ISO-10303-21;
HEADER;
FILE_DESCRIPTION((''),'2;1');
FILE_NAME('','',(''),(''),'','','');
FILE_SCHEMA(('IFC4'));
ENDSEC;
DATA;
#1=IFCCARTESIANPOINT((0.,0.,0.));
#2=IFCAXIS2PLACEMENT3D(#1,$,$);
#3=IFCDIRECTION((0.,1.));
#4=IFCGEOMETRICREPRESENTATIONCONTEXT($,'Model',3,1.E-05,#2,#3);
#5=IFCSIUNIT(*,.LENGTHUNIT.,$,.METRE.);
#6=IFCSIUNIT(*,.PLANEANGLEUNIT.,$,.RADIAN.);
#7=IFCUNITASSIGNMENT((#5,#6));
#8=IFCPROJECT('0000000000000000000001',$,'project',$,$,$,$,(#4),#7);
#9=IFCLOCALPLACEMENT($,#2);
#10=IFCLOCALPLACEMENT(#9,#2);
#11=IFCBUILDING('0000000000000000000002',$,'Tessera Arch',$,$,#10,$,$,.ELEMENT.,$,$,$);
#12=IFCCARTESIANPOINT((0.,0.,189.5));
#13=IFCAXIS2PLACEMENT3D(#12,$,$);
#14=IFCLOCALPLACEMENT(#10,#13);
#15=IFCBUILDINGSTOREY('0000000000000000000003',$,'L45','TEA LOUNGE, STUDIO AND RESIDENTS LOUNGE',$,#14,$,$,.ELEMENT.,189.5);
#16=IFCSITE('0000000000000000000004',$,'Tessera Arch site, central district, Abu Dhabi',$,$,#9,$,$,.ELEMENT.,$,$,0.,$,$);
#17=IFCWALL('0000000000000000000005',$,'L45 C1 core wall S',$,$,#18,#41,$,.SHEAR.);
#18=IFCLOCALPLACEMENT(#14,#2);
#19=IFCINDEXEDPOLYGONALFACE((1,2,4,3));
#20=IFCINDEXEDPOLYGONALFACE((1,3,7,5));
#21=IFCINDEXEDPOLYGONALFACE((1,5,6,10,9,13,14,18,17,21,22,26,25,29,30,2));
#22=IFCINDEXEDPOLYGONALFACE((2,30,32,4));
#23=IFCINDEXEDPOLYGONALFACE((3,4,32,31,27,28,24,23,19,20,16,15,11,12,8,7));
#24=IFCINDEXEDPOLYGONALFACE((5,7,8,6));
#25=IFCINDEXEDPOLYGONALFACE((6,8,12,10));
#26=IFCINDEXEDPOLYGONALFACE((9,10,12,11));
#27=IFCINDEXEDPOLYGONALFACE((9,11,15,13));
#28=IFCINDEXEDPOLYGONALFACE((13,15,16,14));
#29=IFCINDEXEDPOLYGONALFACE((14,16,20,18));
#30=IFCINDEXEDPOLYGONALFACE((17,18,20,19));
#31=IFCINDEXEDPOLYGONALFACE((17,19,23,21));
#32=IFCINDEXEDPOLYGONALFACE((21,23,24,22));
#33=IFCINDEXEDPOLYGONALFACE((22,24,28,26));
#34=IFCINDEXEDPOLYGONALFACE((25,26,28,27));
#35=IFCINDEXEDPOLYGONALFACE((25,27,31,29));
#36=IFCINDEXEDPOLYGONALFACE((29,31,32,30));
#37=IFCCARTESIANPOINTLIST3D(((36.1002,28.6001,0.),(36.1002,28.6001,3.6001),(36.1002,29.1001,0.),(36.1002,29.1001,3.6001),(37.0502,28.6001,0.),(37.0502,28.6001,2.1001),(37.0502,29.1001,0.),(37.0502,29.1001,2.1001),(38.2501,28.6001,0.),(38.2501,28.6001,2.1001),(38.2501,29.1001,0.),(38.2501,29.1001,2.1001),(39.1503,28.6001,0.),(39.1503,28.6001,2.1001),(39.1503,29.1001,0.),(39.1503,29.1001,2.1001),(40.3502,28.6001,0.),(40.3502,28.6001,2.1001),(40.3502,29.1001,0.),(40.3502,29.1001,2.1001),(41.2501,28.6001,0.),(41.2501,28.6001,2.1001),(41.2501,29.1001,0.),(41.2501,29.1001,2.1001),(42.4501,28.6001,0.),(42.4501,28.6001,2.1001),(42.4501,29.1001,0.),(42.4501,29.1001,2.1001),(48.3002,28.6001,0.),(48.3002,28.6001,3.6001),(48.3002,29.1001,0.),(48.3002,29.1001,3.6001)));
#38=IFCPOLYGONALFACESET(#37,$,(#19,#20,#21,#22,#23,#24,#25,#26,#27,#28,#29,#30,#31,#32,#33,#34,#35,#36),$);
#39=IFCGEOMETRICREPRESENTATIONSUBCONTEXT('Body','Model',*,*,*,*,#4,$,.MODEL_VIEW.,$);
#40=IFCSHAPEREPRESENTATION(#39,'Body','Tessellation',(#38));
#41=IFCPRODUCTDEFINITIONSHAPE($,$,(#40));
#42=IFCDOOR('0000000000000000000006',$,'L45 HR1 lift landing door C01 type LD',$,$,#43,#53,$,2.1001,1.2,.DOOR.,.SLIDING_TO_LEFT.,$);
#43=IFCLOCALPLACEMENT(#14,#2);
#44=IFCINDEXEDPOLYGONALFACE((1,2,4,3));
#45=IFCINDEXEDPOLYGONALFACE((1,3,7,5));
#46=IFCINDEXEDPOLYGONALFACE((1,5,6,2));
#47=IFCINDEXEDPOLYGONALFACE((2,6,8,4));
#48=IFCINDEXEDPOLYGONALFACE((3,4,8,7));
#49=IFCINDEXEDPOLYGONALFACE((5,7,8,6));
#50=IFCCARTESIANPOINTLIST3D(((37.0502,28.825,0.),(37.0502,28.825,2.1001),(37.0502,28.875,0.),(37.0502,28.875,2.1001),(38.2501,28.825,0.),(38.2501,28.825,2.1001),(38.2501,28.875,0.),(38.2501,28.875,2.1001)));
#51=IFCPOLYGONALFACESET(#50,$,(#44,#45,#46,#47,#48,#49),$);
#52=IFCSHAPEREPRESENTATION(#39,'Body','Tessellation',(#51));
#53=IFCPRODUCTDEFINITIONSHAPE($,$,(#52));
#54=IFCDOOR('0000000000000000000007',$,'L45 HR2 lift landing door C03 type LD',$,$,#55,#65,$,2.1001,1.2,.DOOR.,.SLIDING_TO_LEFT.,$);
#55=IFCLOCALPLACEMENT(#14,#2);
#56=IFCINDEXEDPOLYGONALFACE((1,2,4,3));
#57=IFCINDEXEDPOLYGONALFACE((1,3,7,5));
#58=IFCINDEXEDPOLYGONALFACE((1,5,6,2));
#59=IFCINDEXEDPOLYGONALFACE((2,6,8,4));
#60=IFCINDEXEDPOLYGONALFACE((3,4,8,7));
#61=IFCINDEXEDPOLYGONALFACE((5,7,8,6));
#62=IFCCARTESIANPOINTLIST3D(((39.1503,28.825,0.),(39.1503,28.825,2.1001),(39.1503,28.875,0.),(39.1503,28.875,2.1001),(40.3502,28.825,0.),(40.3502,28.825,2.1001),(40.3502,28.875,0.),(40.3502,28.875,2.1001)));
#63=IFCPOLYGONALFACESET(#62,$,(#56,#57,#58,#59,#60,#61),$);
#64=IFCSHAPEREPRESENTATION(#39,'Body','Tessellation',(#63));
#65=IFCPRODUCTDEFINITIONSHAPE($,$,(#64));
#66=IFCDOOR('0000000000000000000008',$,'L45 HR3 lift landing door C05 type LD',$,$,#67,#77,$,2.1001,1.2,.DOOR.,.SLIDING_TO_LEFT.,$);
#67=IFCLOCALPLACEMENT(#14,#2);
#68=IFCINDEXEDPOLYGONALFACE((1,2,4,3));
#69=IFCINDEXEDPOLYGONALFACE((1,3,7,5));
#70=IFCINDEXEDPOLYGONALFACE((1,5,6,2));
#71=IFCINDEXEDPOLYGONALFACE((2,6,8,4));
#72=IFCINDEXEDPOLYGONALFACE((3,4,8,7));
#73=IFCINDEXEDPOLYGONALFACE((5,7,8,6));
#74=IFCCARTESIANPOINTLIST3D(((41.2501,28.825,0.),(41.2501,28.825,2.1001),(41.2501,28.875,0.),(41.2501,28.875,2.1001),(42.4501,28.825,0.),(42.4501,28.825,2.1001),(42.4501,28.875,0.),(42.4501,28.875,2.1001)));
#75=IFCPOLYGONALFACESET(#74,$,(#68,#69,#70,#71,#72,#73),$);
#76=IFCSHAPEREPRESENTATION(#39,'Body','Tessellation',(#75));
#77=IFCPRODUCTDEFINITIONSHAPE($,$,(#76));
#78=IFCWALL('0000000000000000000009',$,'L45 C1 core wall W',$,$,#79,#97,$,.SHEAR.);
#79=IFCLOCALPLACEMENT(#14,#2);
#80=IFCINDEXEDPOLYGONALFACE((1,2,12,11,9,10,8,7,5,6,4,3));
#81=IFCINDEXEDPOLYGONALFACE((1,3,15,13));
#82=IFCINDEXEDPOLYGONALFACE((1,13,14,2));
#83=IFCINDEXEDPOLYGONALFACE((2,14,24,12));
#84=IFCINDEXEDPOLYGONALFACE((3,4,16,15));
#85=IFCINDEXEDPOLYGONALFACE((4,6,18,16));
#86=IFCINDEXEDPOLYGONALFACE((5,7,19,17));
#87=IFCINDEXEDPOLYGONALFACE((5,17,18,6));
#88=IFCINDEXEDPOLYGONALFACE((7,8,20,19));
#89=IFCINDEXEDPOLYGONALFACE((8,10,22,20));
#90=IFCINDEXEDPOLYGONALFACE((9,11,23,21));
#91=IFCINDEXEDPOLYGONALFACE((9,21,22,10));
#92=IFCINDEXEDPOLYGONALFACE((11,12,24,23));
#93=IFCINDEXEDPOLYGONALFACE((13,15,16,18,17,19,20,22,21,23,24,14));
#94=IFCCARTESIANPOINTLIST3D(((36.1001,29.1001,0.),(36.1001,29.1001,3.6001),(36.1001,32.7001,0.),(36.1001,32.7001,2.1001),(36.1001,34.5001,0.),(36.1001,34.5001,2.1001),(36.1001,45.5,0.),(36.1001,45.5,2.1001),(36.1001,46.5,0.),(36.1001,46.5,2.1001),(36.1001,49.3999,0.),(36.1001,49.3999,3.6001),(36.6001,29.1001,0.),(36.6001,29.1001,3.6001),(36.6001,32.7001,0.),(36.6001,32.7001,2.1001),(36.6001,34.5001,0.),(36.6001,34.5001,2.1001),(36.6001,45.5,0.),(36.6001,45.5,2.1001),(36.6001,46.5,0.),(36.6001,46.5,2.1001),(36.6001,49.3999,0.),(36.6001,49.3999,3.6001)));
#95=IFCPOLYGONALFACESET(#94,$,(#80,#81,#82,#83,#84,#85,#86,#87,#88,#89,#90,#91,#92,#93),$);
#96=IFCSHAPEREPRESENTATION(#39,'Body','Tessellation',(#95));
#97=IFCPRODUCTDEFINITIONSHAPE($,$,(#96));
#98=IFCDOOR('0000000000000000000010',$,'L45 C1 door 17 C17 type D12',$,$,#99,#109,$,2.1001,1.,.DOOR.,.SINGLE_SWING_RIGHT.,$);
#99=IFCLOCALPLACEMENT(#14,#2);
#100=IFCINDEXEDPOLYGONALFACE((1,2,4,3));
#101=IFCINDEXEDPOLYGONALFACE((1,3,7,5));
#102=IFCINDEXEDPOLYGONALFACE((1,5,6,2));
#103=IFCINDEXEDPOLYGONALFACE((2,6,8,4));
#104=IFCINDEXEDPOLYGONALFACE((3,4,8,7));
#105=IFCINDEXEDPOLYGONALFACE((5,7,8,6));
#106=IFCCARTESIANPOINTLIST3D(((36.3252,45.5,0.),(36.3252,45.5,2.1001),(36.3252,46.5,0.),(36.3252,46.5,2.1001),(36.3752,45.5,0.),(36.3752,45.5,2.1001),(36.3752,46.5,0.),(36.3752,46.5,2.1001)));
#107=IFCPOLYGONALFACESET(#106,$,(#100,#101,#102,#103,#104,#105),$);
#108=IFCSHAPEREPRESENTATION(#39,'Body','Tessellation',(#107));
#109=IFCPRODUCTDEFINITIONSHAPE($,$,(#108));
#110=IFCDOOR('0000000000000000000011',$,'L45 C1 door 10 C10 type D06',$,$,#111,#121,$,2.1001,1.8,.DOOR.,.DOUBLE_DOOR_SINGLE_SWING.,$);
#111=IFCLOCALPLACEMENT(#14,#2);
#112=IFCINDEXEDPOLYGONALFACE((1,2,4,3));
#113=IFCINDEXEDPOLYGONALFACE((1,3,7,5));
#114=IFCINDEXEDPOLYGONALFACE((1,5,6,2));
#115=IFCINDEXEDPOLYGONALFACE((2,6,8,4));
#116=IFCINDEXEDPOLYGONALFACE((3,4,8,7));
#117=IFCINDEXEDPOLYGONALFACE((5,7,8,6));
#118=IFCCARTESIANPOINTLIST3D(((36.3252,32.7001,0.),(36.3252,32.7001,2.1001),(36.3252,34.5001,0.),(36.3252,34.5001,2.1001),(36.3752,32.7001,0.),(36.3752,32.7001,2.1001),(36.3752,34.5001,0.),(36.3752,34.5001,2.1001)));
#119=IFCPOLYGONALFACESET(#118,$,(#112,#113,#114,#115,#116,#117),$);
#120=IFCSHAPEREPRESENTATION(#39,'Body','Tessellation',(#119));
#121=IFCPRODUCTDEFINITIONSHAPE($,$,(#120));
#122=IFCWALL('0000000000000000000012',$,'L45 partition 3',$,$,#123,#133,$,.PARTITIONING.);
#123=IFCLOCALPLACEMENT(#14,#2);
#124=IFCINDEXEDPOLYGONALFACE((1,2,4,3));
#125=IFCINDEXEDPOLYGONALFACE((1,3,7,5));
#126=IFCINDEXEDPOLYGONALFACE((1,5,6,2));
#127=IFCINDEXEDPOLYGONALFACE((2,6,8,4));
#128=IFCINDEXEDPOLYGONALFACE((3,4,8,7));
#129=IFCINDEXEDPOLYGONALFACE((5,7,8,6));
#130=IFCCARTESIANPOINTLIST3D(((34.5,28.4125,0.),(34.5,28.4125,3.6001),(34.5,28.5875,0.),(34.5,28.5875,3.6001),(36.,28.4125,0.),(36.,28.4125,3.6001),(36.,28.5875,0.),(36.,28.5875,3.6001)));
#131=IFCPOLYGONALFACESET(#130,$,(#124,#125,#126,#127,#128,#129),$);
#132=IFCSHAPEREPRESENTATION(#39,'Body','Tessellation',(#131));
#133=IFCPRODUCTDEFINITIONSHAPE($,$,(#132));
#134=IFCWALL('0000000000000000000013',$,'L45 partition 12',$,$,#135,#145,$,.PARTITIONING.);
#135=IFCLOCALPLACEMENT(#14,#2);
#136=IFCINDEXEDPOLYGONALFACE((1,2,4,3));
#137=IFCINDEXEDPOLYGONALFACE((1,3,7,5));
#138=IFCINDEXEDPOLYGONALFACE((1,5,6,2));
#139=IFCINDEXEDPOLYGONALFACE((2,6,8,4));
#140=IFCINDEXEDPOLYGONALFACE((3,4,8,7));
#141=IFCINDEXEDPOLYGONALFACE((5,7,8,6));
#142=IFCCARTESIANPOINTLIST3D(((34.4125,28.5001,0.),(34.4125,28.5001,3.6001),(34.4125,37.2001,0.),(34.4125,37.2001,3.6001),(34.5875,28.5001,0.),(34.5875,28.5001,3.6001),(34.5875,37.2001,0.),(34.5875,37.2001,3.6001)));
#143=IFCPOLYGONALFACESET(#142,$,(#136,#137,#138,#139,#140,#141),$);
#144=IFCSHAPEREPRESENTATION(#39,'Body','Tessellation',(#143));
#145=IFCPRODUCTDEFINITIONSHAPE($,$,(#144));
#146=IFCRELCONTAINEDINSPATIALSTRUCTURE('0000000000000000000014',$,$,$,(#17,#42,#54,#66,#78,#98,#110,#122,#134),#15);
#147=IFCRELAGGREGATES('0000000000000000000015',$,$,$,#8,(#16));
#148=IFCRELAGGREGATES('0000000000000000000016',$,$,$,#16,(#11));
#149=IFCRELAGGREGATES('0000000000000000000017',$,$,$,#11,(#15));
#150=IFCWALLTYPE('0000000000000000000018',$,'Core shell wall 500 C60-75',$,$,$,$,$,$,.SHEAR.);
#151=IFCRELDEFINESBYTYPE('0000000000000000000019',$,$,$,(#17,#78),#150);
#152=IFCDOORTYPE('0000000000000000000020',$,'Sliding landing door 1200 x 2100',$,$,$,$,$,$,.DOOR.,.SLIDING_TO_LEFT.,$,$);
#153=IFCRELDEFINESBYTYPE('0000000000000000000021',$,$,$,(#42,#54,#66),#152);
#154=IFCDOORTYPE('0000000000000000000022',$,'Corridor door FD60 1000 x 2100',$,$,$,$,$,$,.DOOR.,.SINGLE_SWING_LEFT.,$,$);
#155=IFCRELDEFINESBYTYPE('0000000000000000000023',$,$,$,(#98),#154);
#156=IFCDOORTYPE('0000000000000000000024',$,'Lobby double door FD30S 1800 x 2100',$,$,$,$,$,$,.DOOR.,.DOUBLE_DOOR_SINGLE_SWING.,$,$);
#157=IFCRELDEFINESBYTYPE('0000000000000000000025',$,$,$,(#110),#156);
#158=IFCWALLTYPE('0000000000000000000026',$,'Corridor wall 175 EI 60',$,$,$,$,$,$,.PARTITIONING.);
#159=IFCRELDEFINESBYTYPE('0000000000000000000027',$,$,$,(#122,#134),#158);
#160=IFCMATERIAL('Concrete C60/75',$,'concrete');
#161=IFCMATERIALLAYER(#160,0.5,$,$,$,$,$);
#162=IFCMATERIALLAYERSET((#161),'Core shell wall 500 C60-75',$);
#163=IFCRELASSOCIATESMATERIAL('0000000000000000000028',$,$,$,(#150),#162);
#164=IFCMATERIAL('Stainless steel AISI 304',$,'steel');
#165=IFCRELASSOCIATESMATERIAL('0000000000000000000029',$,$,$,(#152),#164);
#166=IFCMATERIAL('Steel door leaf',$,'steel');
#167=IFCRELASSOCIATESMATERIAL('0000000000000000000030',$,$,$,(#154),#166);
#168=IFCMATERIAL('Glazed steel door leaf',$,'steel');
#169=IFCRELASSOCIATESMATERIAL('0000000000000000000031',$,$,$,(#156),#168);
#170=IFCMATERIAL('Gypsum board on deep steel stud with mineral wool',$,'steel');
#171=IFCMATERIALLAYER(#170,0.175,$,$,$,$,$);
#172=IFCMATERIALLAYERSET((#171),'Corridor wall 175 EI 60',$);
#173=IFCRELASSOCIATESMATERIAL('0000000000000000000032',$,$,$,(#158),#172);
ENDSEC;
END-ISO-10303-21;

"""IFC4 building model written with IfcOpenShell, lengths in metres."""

from ifc_helpers import new_model, si_unit, direction, frame, frame_2d, origin, place, context, subcontext, project, spatial, rectangle, extrude, material, layer, layer_set, type_object, element, fill, save


model = new_model("IFC4")

# Units and contexts
model_context = context("Model", 3, precision=1e-05, world=origin(), true_north=direction((0.0, 1.0)))
body_context = subcontext(model_context, "Body", "Model", "MODEL_VIEW")
ifc_project = project(units=[si_unit("LENGTHUNIT", "METRE"), si_unit("PLANEANGLEUNIT", "RADIAN")], contexts=[model_context])

# Site, building, storey
site_placement = place(None, origin())
site = spatial("IfcSite", under=ifc_project, at=site_placement, Name="Tessera Arch site, central district, Abu Dhabi", CompositionType="ELEMENT", RefElevation=0.0)
building_placement = place(site_placement, origin())
building = spatial("IfcBuilding", under=site, at=building_placement, Name="Tessera Arch", CompositionType="ELEMENT")
storey_placement = place(building_placement, frame((0.0, 0.0, 189.5)))
storey = spatial("IfcBuildingStorey", under=building, at=storey_placement, Name="L45", Description="TEA LOUNGE, STUDIO AND RESIDENTS LOUNGE", CompositionType="ELEMENT", Elevation=189.5)

# Walls, openings, doors
ifc_material_1 = material(Name="Concrete C60/75", Category="concrete")
ifc_layer_1 = layer(ifc_material_1, 0.5)
ifc_layer_set_1 = layer_set([ifc_layer_1], Name="Core shell wall 500 C60-75")
wall_type_1 = type_object("IfcWallType", Name="Core shell wall 500 C60-75", PredefinedType="SHEAR", material=ifc_layer_set_1)
wall_1_placement = place(storey_placement, frame((36.1001, 28.8501, 0.0), z_axis=(0.0, 0.0, 1.0), x_axis=(1.0, 0.0, 0.0)))
wall_1 = element("IfcWall", 1, at=wall_1_placement, inside=storey, type_object=wall_type_1, Name="L45 C1 core wall S", PredefinedType="SHEAR", context=body_context, shape_type="SweptSolid", body=[
    extrude(rectangle(XDim=12.2, YDim=0.5, at=frame_2d((6.1001, 0.0))), origin(), (0.0, 0.0, 1.0), 3.6001),
])
opening_1_placement = place(wall_1_placement, frame((0.95, 0.0, 0.0)))
opening_1 = element("IfcOpeningElement", 2, at=opening_1_placement, cuts=wall_1, PredefinedType="OPENING", context=body_context, shape_type="SweptSolid", body=[
    extrude(rectangle(XDim=1.2, YDim=2.1001, at=frame_2d((0.6001, 1.05))), frame((0.0, 0.26, 0.0), z_axis=(0.0, -1.0, 0.0), x_axis=(1.0, 0.0, 0.0)), (0.0, 0.0, 1.0), 0.52),
])
opening_2_placement = place(wall_1_placement, frame((3.05, 0.0, 0.0)))
opening_2 = element("IfcOpeningElement", 3, at=opening_2_placement, cuts=wall_1, PredefinedType="OPENING", context=body_context, shape_type="SweptSolid", body=[
    extrude(rectangle(XDim=1.2, YDim=2.1001, at=frame_2d((0.6001, 1.05))), frame((0.0, 0.26, 0.0), z_axis=(0.0, -1.0, 0.0), x_axis=(1.0, 0.0, 0.0)), (0.0, 0.0, 1.0), 0.52),
])
opening_3_placement = place(wall_1_placement, frame((5.1499, 0.0, 0.0)))
opening_3 = element("IfcOpeningElement", 4, at=opening_3_placement, cuts=wall_1, PredefinedType="OPENING", context=body_context, shape_type="SweptSolid", body=[
    extrude(rectangle(XDim=1.2, YDim=2.1001, at=frame_2d((0.6001, 1.05))), frame((0.0, 0.26, 0.0), z_axis=(0.0, -1.0, 0.0), x_axis=(1.0, 0.0, 0.0)), (0.0, 0.0, 1.0), 0.52),
])
ifc_material_2 = material(Name="Stainless steel AISI 304", Category="steel")
door_type_1 = type_object("IfcDoorType", Name="Sliding landing door 1200 x 2100", OperationType="SLIDING_TO_LEFT", PredefinedType="DOOR", material=ifc_material_2)
door_1_placement = place(opening_1_placement, origin())
door_1 = element("IfcDoor", 5, at=door_1_placement, inside=storey, type_object=door_type_1, Name="L45 HR1 lift landing door C01 type LD", OperationType="SLIDING_TO_LEFT", OverallHeight=2.1001, OverallWidth=1.2, PredefinedType="DOOR", context=body_context, shape_type="SweptSolid", body=[
    extrude(rectangle(XDim=1.2, YDim=2.1001, at=frame_2d((0.6001, 1.05))), frame((0.0, 0.0249, 0.0), z_axis=(0.0, -1.0, 0.0), x_axis=(1.0, 0.0, 0.0)), (0.0, 0.0, 1.0), 0.05),
])
fill(opening_1, door_1)
door_2_placement = place(opening_2_placement, origin())
door_2 = element("IfcDoor", 6, at=door_2_placement, inside=storey, type_object=door_type_1, Name="L45 HR2 lift landing door C03 type LD", OperationType="SLIDING_TO_LEFT", OverallHeight=2.1001, OverallWidth=1.2, PredefinedType="DOOR", context=body_context, shape_type="SweptSolid", body=[
    extrude(rectangle(XDim=1.2, YDim=2.1001, at=frame_2d((0.6001, 1.05))), frame((0.0, 0.0249, 0.0), z_axis=(0.0, -1.0, 0.0), x_axis=(1.0, 0.0, 0.0)), (0.0, 0.0, 1.0), 0.05),
])
fill(opening_2, door_2)
door_3_placement = place(opening_3_placement, origin())
door_3 = element("IfcDoor", 7, at=door_3_placement, inside=storey, type_object=door_type_1, Name="L45 HR3 lift landing door C05 type LD", OperationType="SLIDING_TO_LEFT", OverallHeight=2.1001, OverallWidth=1.2, PredefinedType="DOOR", context=body_context, shape_type="SweptSolid", body=[
    extrude(rectangle(XDim=1.2, YDim=2.1001, at=frame_2d((0.6001, 1.05))), frame((0.0, 0.0249, 0.0), z_axis=(0.0, -1.0, 0.0), x_axis=(1.0, 0.0, 0.0)), (0.0, 0.0, 1.0), 0.05),
])
fill(opening_3, door_3)
wall_2_placement = place(storey_placement, frame((36.3501, 29.1001, 0.0), z_axis=(0.0, 0.0, 1.0), x_axis=(0.0, 1.0, 0.0)))
wall_2 = element("IfcWall", 8, at=wall_2_placement, inside=storey, type_object=wall_type_1, Name="L45 C1 core wall W", PredefinedType="SHEAR", context=body_context, shape_type="SweptSolid", body=[
    extrude(rectangle(XDim=20.2998, YDim=0.5, at=frame_2d((10.1499, 0.0))), origin(), (0.0, 0.0, 1.0), 3.6001),
])
opening_4_placement = place(wall_2_placement, frame((3.6001, 0.0, 0.0)))
opening_4 = element("IfcOpeningElement", 9, at=opening_4_placement, cuts=wall_2, PredefinedType="OPENING", context=body_context, shape_type="SweptSolid", body=[
    extrude(rectangle(XDim=1.8, YDim=2.1001, at=frame_2d((0.8999, 1.05))), frame((0.0, 0.26, 0.0), z_axis=(0.0, -1.0, 0.0), x_axis=(1.0, 0.0, 0.0)), (0.0, 0.0, 1.0), 0.52),
])
opening_5_placement = place(wall_2_placement, frame((16.3999, 0.0, 0.0)))
opening_5 = element("IfcOpeningElement", 10, at=opening_5_placement, cuts=wall_2, PredefinedType="OPENING", context=body_context, shape_type="SweptSolid", body=[
    extrude(rectangle(XDim=1.0, YDim=2.1001, at=frame_2d((0.5, 1.05))), frame((0.0, 0.26, 0.0), z_axis=(0.0, -1.0, 0.0), x_axis=(1.0, 0.0, 0.0)), (0.0, 0.0, 1.0), 0.52),
])
ifc_material_3 = material(Name="Steel door leaf", Category="steel")
door_type_2 = type_object("IfcDoorType", Name="Corridor door FD60 1000 x 2100", OperationType="SINGLE_SWING_LEFT", PredefinedType="DOOR", material=ifc_material_3)
door_4_placement = place(opening_5_placement, origin())
door_4 = element("IfcDoor", 11, at=door_4_placement, inside=storey, type_object=door_type_2, Name="L45 C1 door 17 C17 type D12", OperationType="SINGLE_SWING_RIGHT", OverallHeight=2.1001, OverallWidth=1.0, PredefinedType="DOOR", context=body_context, shape_type="SweptSolid", body=[
    extrude(rectangle(XDim=1.0, YDim=2.1001, at=frame_2d((0.5, 1.05))), frame((0.0, 0.0249, 0.0), z_axis=(0.0, -1.0, 0.0), x_axis=(1.0, 0.0, 0.0)), (0.0, 0.0, 1.0), 0.05),
])
fill(opening_5, door_4)
ifc_material_4 = material(Name="Glazed steel door leaf", Category="steel")
door_type_3 = type_object("IfcDoorType", Name="Lobby double door FD30S 1800 x 2100", OperationType="DOUBLE_DOOR_SINGLE_SWING", PredefinedType="DOOR", material=ifc_material_4)
door_5_placement = place(opening_4_placement, origin())
door_5 = element("IfcDoor", 12, at=door_5_placement, inside=storey, type_object=door_type_3, Name="L45 C1 door 10 C10 type D06", OperationType="DOUBLE_DOOR_SINGLE_SWING", OverallHeight=2.1001, OverallWidth=1.8, PredefinedType="DOOR", context=body_context, shape_type="SweptSolid", body=[
    extrude(rectangle(XDim=1.8, YDim=2.1001, at=frame_2d((0.8999, 1.05))), frame((0.0, 0.0249, 0.0), z_axis=(0.0, -1.0, 0.0), x_axis=(1.0, 0.0, 0.0)), (0.0, 0.0, 1.0), 0.05),
])
fill(opening_4, door_5)

# Walls
ifc_material_5 = material(Name="Gypsum board on deep steel stud with mineral wool", Category="steel")
ifc_layer_2 = layer(ifc_material_5, 0.175)
ifc_layer_set_2 = layer_set([ifc_layer_2], Name="Corridor wall 175 EI 60")
wall_type_2 = type_object("IfcWallType", Name="Corridor wall 175 EI 60", PredefinedType="PARTITIONING", material=ifc_layer_set_2)
wall_3_placement = place(storey_placement, frame((34.5, 28.5, 0.0), z_axis=(0.0, 0.0, 1.0), x_axis=(1.0, 0.0, 0.0)))
element("IfcWall", 13, at=wall_3_placement, inside=storey, type_object=wall_type_2, Name="L45 partition 3", PredefinedType="PARTITIONING", context=body_context, shape_type="SweptSolid", body=[
    extrude(rectangle(XDim=1.5, YDim=0.175, at=frame_2d((0.75, 0.0))), origin(), (0.0, 0.0, 1.0), 3.6001),
])
wall_4_placement = place(storey_placement, frame((34.5, 28.5, 0.0), z_axis=(0.0, 0.0, 1.0), x_axis=(0.0, 1.0, 0.0)))
element("IfcWall", 14, at=wall_4_placement, inside=storey, type_object=wall_type_2, Name="L45 partition 12", PredefinedType="PARTITIONING", context=body_context, shape_type="SweptSolid", body=[
    extrude(rectangle(XDim=8.7, YDim=0.175, at=frame_2d((4.3501, 0.0))), origin(), (0.0, 0.0, 1.0), 3.6001),
])

save(model, "model.ifc")
